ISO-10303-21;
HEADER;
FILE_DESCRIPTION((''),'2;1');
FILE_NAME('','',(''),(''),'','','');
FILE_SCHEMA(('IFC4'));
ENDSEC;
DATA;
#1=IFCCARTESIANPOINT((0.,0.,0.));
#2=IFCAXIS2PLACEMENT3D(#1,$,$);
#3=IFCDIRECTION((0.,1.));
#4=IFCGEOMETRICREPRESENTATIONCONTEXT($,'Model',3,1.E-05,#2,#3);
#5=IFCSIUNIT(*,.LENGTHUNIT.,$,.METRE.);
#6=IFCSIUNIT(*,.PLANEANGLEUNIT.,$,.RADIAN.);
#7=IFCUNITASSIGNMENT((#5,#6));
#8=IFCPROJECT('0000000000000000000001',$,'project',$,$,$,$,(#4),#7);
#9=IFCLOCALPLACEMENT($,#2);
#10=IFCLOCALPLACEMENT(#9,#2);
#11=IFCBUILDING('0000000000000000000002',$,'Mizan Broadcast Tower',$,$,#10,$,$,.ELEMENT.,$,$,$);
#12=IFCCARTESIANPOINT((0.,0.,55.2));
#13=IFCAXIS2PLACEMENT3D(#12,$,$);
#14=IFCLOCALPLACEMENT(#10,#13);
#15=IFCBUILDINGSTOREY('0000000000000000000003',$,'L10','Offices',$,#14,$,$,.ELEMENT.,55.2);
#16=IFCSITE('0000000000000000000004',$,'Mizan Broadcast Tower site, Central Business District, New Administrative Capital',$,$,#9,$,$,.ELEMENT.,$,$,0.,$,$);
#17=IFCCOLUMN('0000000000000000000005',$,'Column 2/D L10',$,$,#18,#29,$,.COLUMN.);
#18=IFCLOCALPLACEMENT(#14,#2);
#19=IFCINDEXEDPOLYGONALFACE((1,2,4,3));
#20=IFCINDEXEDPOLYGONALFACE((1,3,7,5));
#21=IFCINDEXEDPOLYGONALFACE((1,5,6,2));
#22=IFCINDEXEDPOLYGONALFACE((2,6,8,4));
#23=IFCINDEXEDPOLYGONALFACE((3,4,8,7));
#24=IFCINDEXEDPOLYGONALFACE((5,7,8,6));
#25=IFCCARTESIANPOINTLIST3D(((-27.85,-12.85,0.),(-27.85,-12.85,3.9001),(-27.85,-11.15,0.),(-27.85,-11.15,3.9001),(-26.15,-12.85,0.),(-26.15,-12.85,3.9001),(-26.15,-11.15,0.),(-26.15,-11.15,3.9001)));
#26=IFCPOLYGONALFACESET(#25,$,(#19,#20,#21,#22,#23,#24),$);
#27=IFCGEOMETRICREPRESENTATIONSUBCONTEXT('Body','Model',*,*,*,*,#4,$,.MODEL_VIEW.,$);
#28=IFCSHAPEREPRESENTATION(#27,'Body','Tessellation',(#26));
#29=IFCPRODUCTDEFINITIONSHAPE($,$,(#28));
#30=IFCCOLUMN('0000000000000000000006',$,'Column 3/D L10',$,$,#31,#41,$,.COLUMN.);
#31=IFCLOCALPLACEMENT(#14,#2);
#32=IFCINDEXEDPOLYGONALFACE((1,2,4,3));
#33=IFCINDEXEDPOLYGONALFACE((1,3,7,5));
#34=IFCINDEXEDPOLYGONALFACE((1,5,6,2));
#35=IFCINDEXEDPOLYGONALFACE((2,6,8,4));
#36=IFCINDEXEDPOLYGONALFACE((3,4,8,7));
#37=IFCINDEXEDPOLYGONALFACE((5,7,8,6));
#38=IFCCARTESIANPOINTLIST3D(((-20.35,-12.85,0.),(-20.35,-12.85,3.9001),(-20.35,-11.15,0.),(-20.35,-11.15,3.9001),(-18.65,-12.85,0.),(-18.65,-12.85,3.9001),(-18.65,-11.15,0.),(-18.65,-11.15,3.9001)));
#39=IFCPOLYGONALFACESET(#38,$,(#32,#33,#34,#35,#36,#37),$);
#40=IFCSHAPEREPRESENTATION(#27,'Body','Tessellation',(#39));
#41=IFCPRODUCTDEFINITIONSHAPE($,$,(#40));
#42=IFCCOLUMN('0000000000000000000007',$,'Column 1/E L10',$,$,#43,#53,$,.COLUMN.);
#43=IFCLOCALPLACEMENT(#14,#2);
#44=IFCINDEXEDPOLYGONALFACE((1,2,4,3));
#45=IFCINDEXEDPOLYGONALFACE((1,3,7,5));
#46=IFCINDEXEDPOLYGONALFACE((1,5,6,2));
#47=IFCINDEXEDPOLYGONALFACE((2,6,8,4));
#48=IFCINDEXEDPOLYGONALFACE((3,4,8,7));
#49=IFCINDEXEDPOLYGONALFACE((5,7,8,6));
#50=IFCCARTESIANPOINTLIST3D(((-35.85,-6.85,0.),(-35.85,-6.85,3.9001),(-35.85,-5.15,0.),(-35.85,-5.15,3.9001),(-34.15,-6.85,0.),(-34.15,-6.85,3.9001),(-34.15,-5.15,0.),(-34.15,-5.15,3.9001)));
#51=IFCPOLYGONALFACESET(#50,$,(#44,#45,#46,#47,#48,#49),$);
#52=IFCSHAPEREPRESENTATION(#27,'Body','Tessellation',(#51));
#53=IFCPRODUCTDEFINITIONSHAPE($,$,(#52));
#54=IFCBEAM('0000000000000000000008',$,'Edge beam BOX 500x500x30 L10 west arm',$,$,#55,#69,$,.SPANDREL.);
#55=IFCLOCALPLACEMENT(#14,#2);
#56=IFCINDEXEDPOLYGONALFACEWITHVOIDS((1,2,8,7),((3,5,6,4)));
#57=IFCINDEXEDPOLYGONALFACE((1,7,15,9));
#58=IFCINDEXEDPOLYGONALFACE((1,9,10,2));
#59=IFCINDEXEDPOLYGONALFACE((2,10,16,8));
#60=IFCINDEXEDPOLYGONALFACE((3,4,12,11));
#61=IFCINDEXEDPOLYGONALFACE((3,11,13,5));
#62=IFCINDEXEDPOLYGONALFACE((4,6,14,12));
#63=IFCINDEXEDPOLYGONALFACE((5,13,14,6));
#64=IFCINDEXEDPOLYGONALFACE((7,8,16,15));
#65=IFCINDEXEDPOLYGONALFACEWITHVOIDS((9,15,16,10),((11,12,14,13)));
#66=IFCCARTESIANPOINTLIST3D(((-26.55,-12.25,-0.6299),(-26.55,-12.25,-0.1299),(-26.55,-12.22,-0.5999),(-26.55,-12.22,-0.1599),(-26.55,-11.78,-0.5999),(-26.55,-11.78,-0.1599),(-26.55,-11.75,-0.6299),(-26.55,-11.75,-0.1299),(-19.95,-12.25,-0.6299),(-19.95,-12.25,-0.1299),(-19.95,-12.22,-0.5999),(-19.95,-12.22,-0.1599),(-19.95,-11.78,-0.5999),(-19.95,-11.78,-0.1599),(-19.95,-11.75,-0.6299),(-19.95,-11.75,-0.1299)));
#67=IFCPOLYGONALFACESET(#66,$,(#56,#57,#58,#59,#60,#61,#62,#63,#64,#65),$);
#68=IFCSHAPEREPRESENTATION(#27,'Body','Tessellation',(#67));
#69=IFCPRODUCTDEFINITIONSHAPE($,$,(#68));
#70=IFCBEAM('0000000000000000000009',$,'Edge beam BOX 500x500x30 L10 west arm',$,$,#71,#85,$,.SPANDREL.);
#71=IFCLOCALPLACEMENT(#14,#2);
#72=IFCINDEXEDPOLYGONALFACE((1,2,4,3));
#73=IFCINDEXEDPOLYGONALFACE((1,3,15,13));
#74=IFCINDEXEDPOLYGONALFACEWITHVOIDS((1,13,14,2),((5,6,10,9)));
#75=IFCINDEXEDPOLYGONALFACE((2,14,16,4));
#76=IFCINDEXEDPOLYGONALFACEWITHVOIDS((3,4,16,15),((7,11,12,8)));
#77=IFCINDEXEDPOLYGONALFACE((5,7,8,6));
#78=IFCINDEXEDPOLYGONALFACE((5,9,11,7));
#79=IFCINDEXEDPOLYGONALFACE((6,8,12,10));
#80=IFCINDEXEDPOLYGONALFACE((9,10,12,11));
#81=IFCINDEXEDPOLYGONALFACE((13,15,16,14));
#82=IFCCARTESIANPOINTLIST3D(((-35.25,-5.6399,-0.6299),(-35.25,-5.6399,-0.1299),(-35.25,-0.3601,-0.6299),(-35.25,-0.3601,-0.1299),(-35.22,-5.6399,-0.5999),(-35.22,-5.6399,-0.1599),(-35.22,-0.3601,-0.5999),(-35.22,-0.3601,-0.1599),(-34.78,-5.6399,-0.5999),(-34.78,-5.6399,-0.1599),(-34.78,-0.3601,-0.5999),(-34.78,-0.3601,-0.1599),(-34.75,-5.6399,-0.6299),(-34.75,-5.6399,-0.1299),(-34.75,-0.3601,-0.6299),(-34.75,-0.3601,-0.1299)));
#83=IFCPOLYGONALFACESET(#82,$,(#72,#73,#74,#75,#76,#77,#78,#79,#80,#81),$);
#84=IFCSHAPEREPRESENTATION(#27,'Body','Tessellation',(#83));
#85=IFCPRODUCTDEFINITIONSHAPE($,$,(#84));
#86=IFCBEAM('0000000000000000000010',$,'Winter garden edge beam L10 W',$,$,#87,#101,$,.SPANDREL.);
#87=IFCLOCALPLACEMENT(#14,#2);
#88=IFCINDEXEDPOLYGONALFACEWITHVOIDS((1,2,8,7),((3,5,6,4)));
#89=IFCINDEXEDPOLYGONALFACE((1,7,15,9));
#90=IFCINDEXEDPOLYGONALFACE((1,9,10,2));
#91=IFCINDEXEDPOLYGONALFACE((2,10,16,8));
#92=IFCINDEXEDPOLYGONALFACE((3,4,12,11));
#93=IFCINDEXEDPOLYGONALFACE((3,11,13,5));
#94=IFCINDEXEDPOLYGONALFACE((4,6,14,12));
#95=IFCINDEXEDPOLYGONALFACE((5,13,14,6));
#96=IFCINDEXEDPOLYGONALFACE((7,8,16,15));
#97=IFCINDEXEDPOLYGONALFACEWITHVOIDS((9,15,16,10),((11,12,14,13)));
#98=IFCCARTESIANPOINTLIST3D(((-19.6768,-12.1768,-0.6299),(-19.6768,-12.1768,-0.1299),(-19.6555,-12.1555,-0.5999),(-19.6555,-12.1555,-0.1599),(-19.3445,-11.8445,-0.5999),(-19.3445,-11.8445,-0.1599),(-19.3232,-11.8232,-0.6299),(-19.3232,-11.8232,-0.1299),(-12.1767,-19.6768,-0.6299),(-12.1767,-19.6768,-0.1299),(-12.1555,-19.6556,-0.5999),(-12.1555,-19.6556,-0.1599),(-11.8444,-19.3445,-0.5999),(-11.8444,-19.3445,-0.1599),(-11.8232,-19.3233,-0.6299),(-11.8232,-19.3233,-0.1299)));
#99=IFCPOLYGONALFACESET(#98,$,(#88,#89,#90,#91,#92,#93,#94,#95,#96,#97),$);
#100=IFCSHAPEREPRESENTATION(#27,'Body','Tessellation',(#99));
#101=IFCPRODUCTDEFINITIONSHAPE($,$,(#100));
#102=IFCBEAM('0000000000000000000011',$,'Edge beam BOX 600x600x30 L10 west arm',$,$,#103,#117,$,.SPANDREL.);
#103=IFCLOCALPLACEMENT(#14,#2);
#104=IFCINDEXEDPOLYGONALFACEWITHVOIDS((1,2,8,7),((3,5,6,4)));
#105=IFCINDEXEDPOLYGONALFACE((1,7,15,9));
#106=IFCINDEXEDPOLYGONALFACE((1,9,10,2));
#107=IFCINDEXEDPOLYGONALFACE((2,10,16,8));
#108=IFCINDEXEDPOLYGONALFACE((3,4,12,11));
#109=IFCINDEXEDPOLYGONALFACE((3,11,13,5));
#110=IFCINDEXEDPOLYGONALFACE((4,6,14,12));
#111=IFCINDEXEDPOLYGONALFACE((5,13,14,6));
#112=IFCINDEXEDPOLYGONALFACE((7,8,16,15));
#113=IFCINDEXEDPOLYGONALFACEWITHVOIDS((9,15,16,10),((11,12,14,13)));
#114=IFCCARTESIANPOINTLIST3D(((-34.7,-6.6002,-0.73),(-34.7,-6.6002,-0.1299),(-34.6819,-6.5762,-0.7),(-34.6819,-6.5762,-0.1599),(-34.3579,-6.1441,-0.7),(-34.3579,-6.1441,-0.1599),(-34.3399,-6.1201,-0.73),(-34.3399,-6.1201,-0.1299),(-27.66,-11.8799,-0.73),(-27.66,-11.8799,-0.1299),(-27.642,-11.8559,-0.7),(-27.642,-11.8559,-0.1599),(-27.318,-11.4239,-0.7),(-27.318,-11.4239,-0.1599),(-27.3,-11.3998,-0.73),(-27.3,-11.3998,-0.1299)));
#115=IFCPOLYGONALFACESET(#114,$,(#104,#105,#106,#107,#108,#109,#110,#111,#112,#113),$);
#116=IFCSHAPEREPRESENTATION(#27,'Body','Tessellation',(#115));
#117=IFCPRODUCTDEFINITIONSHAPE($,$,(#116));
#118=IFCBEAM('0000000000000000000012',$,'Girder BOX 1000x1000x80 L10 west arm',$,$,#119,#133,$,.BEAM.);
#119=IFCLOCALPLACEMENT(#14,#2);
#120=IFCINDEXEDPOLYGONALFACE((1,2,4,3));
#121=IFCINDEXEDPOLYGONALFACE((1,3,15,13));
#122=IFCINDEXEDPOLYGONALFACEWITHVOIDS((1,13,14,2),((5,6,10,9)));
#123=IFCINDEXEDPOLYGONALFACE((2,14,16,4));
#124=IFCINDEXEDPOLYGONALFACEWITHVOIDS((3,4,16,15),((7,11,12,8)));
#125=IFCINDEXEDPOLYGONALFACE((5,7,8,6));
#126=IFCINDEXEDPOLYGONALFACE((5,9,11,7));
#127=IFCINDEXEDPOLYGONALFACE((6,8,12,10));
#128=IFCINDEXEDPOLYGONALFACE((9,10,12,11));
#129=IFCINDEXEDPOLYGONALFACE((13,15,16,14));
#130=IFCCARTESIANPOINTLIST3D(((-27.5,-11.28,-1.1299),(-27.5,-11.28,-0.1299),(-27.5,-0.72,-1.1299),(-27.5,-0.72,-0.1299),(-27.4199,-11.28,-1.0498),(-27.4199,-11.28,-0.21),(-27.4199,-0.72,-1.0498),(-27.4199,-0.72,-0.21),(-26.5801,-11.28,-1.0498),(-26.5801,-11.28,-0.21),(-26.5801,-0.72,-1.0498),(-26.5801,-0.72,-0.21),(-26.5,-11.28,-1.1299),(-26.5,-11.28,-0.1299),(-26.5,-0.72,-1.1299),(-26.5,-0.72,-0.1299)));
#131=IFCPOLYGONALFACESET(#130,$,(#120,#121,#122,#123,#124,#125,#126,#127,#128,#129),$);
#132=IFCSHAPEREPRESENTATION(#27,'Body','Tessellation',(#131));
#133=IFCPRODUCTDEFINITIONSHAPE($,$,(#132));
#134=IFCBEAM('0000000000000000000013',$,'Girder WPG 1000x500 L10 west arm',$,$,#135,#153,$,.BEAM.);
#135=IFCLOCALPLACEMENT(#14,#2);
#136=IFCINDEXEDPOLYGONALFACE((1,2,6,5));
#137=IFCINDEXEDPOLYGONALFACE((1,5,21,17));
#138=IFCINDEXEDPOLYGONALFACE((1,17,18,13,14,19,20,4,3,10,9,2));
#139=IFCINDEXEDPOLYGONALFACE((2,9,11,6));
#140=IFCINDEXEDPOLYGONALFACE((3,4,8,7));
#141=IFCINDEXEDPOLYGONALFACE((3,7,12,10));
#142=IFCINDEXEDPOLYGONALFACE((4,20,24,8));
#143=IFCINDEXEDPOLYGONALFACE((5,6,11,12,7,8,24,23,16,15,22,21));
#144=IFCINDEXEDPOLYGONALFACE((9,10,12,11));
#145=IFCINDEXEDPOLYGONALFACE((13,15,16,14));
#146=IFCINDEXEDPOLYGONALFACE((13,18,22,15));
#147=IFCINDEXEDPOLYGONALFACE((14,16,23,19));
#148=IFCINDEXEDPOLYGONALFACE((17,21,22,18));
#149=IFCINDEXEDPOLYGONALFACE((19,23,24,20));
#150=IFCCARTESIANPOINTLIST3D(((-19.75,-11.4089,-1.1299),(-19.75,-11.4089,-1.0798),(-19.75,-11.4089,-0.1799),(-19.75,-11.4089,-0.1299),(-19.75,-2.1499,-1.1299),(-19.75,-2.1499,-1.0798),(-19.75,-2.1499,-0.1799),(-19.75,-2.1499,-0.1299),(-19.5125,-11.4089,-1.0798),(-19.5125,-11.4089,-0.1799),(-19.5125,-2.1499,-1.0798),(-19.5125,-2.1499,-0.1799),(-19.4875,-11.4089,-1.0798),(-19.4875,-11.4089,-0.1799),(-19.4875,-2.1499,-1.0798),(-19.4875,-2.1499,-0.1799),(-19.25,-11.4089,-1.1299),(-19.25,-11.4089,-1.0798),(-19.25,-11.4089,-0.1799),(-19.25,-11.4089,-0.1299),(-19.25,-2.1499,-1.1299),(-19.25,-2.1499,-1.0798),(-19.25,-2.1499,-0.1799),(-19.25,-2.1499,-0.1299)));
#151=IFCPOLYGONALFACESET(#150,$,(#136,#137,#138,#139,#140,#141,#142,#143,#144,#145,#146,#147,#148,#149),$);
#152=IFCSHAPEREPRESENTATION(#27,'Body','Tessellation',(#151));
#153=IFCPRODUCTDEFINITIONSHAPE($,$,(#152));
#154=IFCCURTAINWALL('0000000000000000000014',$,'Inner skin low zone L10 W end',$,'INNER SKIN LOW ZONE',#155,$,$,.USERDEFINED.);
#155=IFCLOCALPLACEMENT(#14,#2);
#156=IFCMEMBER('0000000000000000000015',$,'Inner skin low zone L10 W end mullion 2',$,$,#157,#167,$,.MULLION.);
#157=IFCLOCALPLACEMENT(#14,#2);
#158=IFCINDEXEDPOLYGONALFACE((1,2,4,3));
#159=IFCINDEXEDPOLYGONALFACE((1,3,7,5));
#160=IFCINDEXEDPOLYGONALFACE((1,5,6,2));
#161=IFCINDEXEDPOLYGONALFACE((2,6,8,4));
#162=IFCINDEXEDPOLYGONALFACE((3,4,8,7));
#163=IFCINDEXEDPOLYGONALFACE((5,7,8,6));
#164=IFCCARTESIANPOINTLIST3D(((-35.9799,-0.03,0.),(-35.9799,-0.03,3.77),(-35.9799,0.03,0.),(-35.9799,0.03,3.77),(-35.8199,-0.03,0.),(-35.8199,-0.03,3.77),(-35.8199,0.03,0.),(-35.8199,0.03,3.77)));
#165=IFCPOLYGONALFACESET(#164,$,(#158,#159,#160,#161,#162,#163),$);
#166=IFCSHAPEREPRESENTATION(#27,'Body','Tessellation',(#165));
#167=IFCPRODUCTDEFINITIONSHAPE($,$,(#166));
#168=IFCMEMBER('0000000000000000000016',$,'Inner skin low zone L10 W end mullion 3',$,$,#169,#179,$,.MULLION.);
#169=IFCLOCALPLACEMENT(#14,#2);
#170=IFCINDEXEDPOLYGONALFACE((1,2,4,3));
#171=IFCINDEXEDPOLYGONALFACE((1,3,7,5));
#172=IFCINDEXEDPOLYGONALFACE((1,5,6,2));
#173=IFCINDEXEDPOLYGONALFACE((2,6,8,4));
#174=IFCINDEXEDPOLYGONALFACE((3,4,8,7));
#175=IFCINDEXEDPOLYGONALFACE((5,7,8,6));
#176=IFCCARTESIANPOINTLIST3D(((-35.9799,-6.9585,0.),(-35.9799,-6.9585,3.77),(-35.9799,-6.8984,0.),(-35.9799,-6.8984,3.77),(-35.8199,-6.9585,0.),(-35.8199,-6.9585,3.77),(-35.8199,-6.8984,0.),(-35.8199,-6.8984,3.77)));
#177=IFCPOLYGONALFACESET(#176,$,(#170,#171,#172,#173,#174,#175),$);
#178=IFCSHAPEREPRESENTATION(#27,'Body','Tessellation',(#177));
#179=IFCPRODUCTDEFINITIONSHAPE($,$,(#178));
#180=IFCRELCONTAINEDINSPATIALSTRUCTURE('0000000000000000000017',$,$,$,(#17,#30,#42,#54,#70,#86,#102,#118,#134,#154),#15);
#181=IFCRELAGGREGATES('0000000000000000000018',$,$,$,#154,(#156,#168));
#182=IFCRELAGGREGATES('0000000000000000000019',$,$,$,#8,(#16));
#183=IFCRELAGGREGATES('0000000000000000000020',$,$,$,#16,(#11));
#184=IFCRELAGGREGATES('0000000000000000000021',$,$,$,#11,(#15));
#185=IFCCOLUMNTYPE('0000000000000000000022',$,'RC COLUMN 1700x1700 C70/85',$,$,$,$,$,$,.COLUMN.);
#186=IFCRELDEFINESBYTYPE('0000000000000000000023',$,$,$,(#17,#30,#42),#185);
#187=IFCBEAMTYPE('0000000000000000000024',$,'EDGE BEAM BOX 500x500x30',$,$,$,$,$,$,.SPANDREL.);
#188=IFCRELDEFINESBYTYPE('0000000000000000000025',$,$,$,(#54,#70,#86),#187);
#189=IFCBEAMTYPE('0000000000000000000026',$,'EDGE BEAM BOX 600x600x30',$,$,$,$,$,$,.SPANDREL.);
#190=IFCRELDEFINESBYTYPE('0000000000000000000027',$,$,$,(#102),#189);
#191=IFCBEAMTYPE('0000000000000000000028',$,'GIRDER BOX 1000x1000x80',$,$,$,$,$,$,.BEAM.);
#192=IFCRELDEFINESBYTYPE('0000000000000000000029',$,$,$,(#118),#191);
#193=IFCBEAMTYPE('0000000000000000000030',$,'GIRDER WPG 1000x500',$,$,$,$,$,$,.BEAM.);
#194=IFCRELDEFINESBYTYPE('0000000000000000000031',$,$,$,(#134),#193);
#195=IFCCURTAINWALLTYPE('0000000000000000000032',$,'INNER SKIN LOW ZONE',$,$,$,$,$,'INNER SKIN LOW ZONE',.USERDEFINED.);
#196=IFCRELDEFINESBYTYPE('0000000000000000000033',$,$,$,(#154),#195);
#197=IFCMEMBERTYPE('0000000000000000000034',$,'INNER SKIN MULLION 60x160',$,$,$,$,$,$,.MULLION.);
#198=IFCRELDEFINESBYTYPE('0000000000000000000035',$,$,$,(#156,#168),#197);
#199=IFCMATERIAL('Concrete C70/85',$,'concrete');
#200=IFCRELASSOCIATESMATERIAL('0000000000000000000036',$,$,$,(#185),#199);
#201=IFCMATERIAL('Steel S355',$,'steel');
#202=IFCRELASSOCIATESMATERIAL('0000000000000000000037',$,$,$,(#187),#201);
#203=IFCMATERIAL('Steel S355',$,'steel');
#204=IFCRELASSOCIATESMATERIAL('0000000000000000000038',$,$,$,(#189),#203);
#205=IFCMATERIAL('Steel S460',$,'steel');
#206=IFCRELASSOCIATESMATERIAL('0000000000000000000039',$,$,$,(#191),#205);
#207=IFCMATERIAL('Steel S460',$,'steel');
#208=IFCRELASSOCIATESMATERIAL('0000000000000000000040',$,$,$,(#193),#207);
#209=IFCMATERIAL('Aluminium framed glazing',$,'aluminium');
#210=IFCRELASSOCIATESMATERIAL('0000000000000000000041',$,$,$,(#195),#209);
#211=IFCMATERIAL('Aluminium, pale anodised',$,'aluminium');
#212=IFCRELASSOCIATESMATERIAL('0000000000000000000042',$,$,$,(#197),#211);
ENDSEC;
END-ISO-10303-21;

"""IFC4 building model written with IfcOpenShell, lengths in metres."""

from ifc_helpers import new_model, si_unit, direction, frame, origin, origin_2d, place, context, subcontext, project, spatial, rectangle, hollow_rectangle, i_section, extrude, material, material_profile, profile_set, type_object, element, aggregate, save


model = new_model("IFC4")

# Units and contexts
model_context = context("Model", 3, precision=1e-05, world=origin(), true_north=direction((0.0, 1.0)))
body_context = subcontext(model_context, "Body", "Model", "MODEL_VIEW")
ifc_project = project(units=[si_unit("LENGTHUNIT", "METRE"), si_unit("PLANEANGLEUNIT", "RADIAN")], contexts=[model_context])

# Site, building, storey
site_placement = place(None, origin())
site = spatial("IfcSite", under=ifc_project, at=site_placement, Name="Mizan Broadcast Tower site, Central Business District, New Administrative Capital", CompositionType="ELEMENT", RefElevation=0.0)
building_placement = place(site_placement, origin())
building = spatial("IfcBuilding", under=site, at=building_placement, Name="Mizan Broadcast Tower", CompositionType="ELEMENT")
storey_placement = place(building_placement, frame((0.0, 0.0, 55.2)))
storey = spatial("IfcBuildingStorey", under=building, at=storey_placement, Name="L10", Description="Offices", CompositionType="ELEMENT", Elevation=55.2)

# Columns
ifc_material_1 = material(Name="Concrete C70/85", Category="concrete")
ifc_material_profile_1 = material_profile(ifc_material_1, rectangle(XDim=1.7, YDim=1.7, at=origin_2d()), Name="RC 1700x1700")
ifc_profile_set_1 = profile_set([ifc_material_profile_1], Name="Concrete C70/85")
column_type = type_object("IfcColumnType", Name="RC COLUMN 1700x1700 C70/85", PredefinedType="COLUMN", material=ifc_profile_set_1)
for number, where, z_axis, x_axis, name in (
    (1, (-27.0, -12.0, 0.0), (0.0, 0.0, 1.0), (1.0, 0.0, 0.0), "Column 2/D L10"),
    (2, (-19.5, -12.0, 0.0), (0.0, 0.0, 1.0), (1.0, 0.0, 0.0), "Column 3/D L10"),
    (3, (-35.0, -6.0, 0.0), (0.0, 0.0, 1.0), (1.0, 0.0, 0.0), "Column 1/E L10"),
):
    element("IfcColumn", number, at=place(storey_placement, frame(where, z_axis=z_axis, x_axis=x_axis)), inside=storey, type_object=column_type, Name=name, PredefinedType="COLUMN", context=body_context, shape_type="SweptSolid", body=[
        extrude(rectangle(XDim=1.7, YDim=1.7, at=origin_2d()), origin(), (0.0, 0.0, 1.0), 3.9001),
    ])

# Beams
ifc_material_2 = material(Name="Steel S355", Category="steel")
ifc_material_profile_2 = material_profile(ifc_material_2, hollow_rectangle(XDim=0.5, YDim=0.5, WallThickness=0.03, at=origin_2d()), Name="BOX 500x500x30")
ifc_profile_set_2 = profile_set([ifc_material_profile_2], Name="Steel S355")
beam_type_1 = type_object("IfcBeamType", Name="EDGE BEAM BOX 500x500x30", PredefinedType="SPANDREL", material=ifc_profile_set_2)
beam_1_placement = place(storey_placement, frame((-19.95, -12.0, -0.3799), z_axis=(-1.0, 0.0, 0.0), x_axis=(0.0, -1.0, 0.0)))
element("IfcBeam", 4, at=beam_1_placement, inside=storey, type_object=beam_type_1, Name="Edge beam BOX 500x500x30 L10 west arm", PredefinedType="SPANDREL", context=body_context, shape_type="SweptSolid", body=[
    extrude(hollow_rectangle(XDim=0.5, YDim=0.5, WallThickness=0.03, at=origin_2d()), origin(), (0.0, 0.0, 1.0), 6.6001),
])
beam_2_placement = place(storey_placement, frame((-35.0, -5.6399, -0.3799), z_axis=(0.0, 1.0, 0.0), x_axis=(-1.0, 0.0, 0.0)))
element("IfcBeam", 5, at=beam_2_placement, inside=storey, type_object=beam_type_1, Name="Edge beam BOX 500x500x30 L10 west arm", PredefinedType="SPANDREL", context=body_context, shape_type="SweptSolid", body=[
    extrude(hollow_rectangle(XDim=0.5, YDim=0.5, WallThickness=0.03, at=origin_2d()), origin(), (0.0, 0.0, 1.0), 5.2798),
])
beam_3_placement = place(storey_placement, frame((-19.5, -12.0, -0.3799), z_axis=(0.707107, -0.707107, 0.0), x_axis=(0.707107, 0.707107, 0.0)))
element("IfcBeam", 6, at=beam_3_placement, inside=storey, type_object=beam_type_1, Name="Winter garden edge beam L10 W", PredefinedType="SPANDREL", context=body_context, shape_type="SweptSolid", body=[
    extrude(hollow_rectangle(XDim=0.5, YDim=0.5, WallThickness=0.03, at=origin_2d()), origin(), (0.0, 0.0, 1.0), 10.6067),
])
ifc_material_3 = material(Name="Steel S355", Category="steel")
ifc_material_profile_3 = material_profile(ifc_material_3, hollow_rectangle(XDim=0.6001, YDim=0.6001, WallThickness=0.03, at=origin_2d()), Name="BOX 600x600x30")
ifc_profile_set_3 = profile_set([ifc_material_profile_3], Name="Steel S355")
beam_type_2 = type_object("IfcBeamType", Name="EDGE BEAM BOX 600x600x30", PredefinedType="SPANDREL", material=ifc_profile_set_3)
beam_4_placement = place(storey_placement, frame((-27.48, -11.6399, -0.4299), z_axis=(-0.800013, 0.599982, 0.0), x_axis=(-0.599982, -0.800013, 0.0)))
element("IfcBeam", 7, at=beam_4_placement, inside=storey, type_object=beam_type_2, Name="Edge beam BOX 600x600x30 L10 west arm", PredefinedType="SPANDREL", context=body_context, shape_type="SweptSolid", body=[
    extrude(hollow_rectangle(XDim=0.6001, YDim=0.6001, WallThickness=0.03, at=origin_2d()), origin(), (0.0, 0.0, 1.0), 8.7998),
])
ifc_material_4 = material(Name="Steel S460", Category="steel")
ifc_material_profile_4 = material_profile(ifc_material_4, hollow_rectangle(XDim=1.0, YDim=1.0, WallThickness=0.0801, at=origin_2d()), Name="BOX 1000x1000x80")
ifc_profile_set_4 = profile_set([ifc_material_profile_4], Name="Steel S460")
beam_type_3 = type_object("IfcBeamType", Name="GIRDER BOX 1000x1000x80", PredefinedType="BEAM", material=ifc_profile_set_4)
beam_5_placement = place(storey_placement, frame((-27.0, -11.28, -0.6299), z_axis=(0.0, 1.0, 0.0), x_axis=(-1.0, 0.0, 0.0)))
element("IfcBeam", 8, at=beam_5_placement, inside=storey, type_object=beam_type_3, Name="Girder BOX 1000x1000x80 L10 west arm", PredefinedType="BEAM", context=body_context, shape_type="SweptSolid", body=[
    extrude(hollow_rectangle(XDim=1.0, YDim=1.0, WallThickness=0.0801, at=origin_2d()), origin(), (0.0, 0.0, 1.0), 10.5601),
])
ifc_material_5 = material(Name="Steel S460", Category="steel")
ifc_material_profile_5 = material_profile(ifc_material_5, i_section(OverallWidth=0.5, OverallDepth=1.0, WebThickness=0.0249, FlangeThickness=0.05, at=origin_2d()), Name="WPG 1000x500")
ifc_profile_set_5 = profile_set([ifc_material_profile_5], Name="Steel S460")
beam_type_4 = type_object("IfcBeamType", Name="GIRDER WPG 1000x500", PredefinedType="BEAM", material=ifc_profile_set_5)
beam_6_placement = place(storey_placement, frame((-19.5, -11.4089, -0.6299), z_axis=(0.0, 1.0, 0.0), x_axis=(-1.0, 0.0, 0.0)))
element("IfcBeam", 9, at=beam_6_placement, inside=storey, type_object=beam_type_4, Name="Girder WPG 1000x500 L10 west arm", PredefinedType="BEAM", context=body_context, shape_type="SweptSolid", body=[
    extrude(i_section(OverallWidth=0.5, OverallDepth=1.0, WebThickness=0.0249, FlangeThickness=0.05, at=origin_2d()), origin(), (0.0, 0.0, 1.0), 9.259),
])

# Curtain wall, members
ifc_material_6 = material(Name="Aluminium framed glazing", Category="aluminium")
curtain_wall_type_1 = type_object("IfcCurtainWallType", Name="INNER SKIN LOW ZONE", ElementType="INNER SKIN LOW ZONE", PredefinedType="USERDEFINED", material=ifc_material_6)
curtain_wall_1_placement = place(storey_placement, origin())
curtain_wall_1 = element("IfcCurtainWall", 10, at=curtain_wall_1_placement, inside=storey, type_object=curtain_wall_type_1, Name="Inner skin low zone L10 W end", ObjectType="INNER SKIN LOW ZONE", PredefinedType="USERDEFINED")
ifc_material_7 = material(Name="Aluminium, pale anodised", Category="aluminium")
ifc_material_profile_6 = material_profile(ifc_material_7, rectangle(XDim=0.1599, YDim=0.0601, at=origin_2d()), Name="MULLION 160x60")
ifc_profile_set_6 = profile_set([ifc_material_profile_6], Name="Aluminium, pale anodised")
member_type_1 = type_object("IfcMemberType", Name="INNER SKIN MULLION 60x160", PredefinedType="MULLION", material=ifc_profile_set_6)
member_1_placement = place(storey_placement, frame((-35.8999, 0.0, 0.0), z_axis=(0.0, 0.0, 1.0), x_axis=(1.0, 0.0, 0.0)))
member_1 = element("IfcMember", 11, at=member_1_placement, type_object=member_type_1, Name="Inner skin low zone L10 W end mullion 2", PredefinedType="MULLION", context=body_context, shape_type="SweptSolid", body=[
    extrude(rectangle(XDim=0.1599, YDim=0.0601, at=origin_2d()), origin(), (0.0, 0.0, 1.0), 3.77),
])
member_2_placement = place(storey_placement, frame((-35.8999, -6.9285, 0.0), z_axis=(0.0, 0.0, 1.0), x_axis=(1.0, 0.0, 0.0)))
member_2 = element("IfcMember", 12, at=member_2_placement, type_object=member_type_1, Name="Inner skin low zone L10 W end mullion 3", PredefinedType="MULLION", context=body_context, shape_type="SweptSolid", body=[
    extrude(rectangle(XDim=0.1599, YDim=0.0601, at=origin_2d()), origin(), (0.0, 0.0, 1.0), 3.77),
])

aggregate(curtain_wall_1, [member_1, member_2])

save(model, "model.ifc")
